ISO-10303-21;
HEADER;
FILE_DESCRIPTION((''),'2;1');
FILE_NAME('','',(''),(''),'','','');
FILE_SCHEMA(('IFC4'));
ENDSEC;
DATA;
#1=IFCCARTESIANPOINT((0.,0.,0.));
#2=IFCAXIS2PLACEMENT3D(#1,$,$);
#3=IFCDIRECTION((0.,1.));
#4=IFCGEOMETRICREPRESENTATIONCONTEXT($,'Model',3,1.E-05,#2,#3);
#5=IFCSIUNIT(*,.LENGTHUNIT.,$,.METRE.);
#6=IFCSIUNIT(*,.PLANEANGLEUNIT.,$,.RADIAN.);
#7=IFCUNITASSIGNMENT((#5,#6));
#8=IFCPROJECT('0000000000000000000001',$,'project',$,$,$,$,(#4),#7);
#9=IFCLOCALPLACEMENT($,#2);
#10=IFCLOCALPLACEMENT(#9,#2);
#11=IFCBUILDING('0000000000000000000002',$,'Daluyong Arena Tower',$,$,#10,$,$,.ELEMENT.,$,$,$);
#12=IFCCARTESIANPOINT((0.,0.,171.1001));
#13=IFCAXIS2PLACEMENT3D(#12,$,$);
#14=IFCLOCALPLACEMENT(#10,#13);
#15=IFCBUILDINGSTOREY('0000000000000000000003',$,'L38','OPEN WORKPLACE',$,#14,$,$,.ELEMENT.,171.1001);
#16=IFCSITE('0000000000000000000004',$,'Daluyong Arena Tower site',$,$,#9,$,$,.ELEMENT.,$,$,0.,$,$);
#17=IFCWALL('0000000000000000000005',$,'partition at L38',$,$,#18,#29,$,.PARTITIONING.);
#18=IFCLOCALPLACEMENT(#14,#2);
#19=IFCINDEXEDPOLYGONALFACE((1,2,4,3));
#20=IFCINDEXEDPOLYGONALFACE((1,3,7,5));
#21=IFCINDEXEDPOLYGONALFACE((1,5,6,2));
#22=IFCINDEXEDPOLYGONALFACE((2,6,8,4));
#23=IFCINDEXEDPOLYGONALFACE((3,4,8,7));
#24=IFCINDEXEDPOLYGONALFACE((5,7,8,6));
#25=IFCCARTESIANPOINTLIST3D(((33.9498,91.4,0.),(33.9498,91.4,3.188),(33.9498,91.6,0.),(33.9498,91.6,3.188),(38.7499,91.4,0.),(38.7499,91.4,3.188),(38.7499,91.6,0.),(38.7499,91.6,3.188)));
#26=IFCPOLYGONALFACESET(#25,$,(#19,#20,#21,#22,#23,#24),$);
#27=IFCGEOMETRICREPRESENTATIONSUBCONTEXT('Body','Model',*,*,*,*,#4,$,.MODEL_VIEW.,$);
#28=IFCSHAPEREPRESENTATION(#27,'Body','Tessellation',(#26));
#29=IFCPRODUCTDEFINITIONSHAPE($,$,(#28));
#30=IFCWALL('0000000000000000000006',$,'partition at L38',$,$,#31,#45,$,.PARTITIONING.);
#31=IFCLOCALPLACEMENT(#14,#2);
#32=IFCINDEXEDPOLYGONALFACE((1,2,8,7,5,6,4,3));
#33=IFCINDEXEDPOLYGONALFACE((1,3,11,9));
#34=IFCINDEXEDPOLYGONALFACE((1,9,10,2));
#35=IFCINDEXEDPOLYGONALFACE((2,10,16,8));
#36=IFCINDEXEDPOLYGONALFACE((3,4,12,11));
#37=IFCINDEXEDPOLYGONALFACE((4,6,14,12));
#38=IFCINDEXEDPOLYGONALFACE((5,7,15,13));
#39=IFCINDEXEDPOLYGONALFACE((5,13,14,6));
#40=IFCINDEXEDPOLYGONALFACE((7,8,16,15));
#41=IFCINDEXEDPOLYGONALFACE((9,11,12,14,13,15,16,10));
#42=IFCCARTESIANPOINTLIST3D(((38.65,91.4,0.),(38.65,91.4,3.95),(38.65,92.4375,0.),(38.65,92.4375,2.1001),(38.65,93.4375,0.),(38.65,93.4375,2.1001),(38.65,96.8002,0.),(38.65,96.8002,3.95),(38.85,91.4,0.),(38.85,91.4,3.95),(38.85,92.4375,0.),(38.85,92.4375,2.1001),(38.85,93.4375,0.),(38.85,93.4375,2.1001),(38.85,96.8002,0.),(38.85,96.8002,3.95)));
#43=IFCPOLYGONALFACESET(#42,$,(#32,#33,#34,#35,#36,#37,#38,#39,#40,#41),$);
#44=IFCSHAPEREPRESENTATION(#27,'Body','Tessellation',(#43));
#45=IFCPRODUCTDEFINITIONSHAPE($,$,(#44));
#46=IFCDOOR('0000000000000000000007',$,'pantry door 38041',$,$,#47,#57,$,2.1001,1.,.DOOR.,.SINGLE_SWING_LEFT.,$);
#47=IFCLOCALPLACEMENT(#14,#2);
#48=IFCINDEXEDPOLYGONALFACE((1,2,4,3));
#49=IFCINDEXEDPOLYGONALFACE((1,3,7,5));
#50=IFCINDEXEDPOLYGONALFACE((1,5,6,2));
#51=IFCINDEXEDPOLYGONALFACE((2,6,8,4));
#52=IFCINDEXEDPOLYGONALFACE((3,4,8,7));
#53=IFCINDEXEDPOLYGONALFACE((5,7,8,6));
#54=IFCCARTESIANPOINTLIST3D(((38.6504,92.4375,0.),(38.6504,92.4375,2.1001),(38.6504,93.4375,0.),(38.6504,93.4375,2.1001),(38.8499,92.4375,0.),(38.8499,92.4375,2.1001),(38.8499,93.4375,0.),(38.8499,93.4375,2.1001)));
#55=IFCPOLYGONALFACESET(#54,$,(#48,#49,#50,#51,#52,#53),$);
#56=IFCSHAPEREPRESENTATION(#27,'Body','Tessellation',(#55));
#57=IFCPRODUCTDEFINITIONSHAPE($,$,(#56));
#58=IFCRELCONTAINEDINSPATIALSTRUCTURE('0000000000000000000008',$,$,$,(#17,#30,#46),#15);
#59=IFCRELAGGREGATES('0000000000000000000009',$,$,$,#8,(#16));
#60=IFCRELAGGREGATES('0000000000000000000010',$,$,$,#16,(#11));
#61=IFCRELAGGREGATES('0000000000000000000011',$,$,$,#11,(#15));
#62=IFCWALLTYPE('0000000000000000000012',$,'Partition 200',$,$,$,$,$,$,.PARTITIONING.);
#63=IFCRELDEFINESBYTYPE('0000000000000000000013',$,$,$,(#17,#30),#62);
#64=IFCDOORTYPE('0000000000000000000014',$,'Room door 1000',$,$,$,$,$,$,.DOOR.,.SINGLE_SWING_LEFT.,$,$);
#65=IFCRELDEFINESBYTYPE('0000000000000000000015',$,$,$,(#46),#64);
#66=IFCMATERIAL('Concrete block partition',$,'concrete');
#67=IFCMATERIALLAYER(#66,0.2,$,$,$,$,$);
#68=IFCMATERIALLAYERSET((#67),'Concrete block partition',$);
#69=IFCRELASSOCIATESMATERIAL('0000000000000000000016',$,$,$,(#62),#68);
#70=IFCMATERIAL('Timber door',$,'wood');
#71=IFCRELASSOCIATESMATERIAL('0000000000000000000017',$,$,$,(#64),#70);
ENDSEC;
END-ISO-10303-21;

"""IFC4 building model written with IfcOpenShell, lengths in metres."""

from ifc_helpers import new_model, si_unit, direction, frame, frame_2d, origin, place, context, subcontext, project, spatial, rectangle, extrude, material, layer, layer_set, type_object, element, fill, save


model = new_model("IFC4")

# Units and contexts
model_context = context("Model", 3, precision=1e-05, world=origin(), true_north=direction((0.0, 1.0)))
body_context = subcontext(model_context, "Body", "Model", "MODEL_VIEW")
ifc_project = project(units=[si_unit("LENGTHUNIT", "METRE"), si_unit("PLANEANGLEUNIT", "RADIAN")], contexts=[model_context])

# Site, building, storey
site_placement = place(None, origin())
site = spatial("IfcSite", under=ifc_project, at=site_placement, Name="Daluyong Arena Tower site", CompositionType="ELEMENT", RefElevation=0.0)
building_placement = place(site_placement, origin())
building = spatial("IfcBuilding", under=site, at=building_placement, Name="Daluyong Arena Tower", CompositionType="ELEMENT")
storey_placement = place(building_placement, frame((0.0, 0.0, 171.1001)))
storey = spatial("IfcBuildingStorey", under=building, at=storey_placement, Name="L38", Description="OPEN WORKPLACE", CompositionType="ELEMENT", Elevation=171.1001)

# Wall
ifc_material_1 = material(Name="Concrete block partition", Category="concrete")
ifc_layer_1 = layer(ifc_material_1, 0.2)
ifc_layer_set_1 = layer_set([ifc_layer_1], Name="Concrete block partition")
wall_type_1 = type_object("IfcWallType", Name="Partition 200", PredefinedType="PARTITIONING", material=ifc_layer_set_1)
wall_1_placement = place(storey_placement, frame((33.95, 91.5, 0.0), z_axis=(0.0, 0.0, 1.0), x_axis=(1.0, 0.0, 0.0)))
element("IfcWall", 1, at=wall_1_placement, inside=storey, type_object=wall_type_1, Name="partition at L38", PredefinedType="PARTITIONING", context=body_context, shape_type="SweptSolid", body=[
    extrude(rectangle(XDim=4.8, YDim=0.2, at=frame_2d((2.3999, 0.0))), origin(), (0.0, 0.0, 1.0), 3.188),
])

# Wall, opening, door
wall_2_placement = place(storey_placement, frame((38.75, 91.3999, 0.0), z_axis=(0.0, 0.0, 1.0), x_axis=(0.0, 1.0, 0.0)))
wall_2 = element("IfcWall", 2, at=wall_2_placement, inside=storey, type_object=wall_type_1, Name="partition at L38", PredefinedType="PARTITIONING", context=body_context, shape_type="SweptSolid", body=[
    extrude(rectangle(XDim=5.4001, YDim=0.2, at=frame_2d((2.7002, 0.0))), origin(), (0.0, 0.0, 1.0), 3.95),
])
opening_1_placement = place(wall_2_placement, frame((1.0376, 0.0, 0.0)))
opening_1 = element("IfcOpeningElement", 3, at=opening_1_placement, cuts=wall_2, PredefinedType="OPENING", context=body_context, shape_type="SweptSolid", body=[
    extrude(rectangle(XDim=1.0, YDim=2.1001, at=frame_2d((0.5, 1.05))), frame((0.0, 0.1099, 0.0), z_axis=(0.0, -1.0, 0.0), x_axis=(1.0, 0.0, 0.0)), (0.0, 0.0, 1.0), 0.22),
])
ifc_material_2 = material(Name="Timber door", Category="wood")
door_type_1 = type_object("IfcDoorType", Name="Room door 1000", OperationType="SINGLE_SWING_LEFT", PredefinedType="DOOR", material=ifc_material_2)
door_1_placement = place(opening_1_placement, origin())
door_1 = element("IfcDoor", 4, at=door_1_placement, inside=storey, type_object=door_type_1, Name="pantry door 38041", OperationType="SINGLE_SWING_LEFT", OverallHeight=2.1001, OverallWidth=1.0, PredefinedType="DOOR", context=body_context, shape_type="SweptSolid", body=[
    extrude(rectangle(XDim=1.0, YDim=2.1001, at=frame_2d((0.5, 1.05))), frame((0.0, 0.0996, 0.0), z_axis=(0.0, -1.0, 0.0), x_axis=(1.0, 0.0, 0.0)), (0.0, 0.0, 1.0), 0.1995),
])
fill(opening_1, door_1)

save(model, "model.ifc")
